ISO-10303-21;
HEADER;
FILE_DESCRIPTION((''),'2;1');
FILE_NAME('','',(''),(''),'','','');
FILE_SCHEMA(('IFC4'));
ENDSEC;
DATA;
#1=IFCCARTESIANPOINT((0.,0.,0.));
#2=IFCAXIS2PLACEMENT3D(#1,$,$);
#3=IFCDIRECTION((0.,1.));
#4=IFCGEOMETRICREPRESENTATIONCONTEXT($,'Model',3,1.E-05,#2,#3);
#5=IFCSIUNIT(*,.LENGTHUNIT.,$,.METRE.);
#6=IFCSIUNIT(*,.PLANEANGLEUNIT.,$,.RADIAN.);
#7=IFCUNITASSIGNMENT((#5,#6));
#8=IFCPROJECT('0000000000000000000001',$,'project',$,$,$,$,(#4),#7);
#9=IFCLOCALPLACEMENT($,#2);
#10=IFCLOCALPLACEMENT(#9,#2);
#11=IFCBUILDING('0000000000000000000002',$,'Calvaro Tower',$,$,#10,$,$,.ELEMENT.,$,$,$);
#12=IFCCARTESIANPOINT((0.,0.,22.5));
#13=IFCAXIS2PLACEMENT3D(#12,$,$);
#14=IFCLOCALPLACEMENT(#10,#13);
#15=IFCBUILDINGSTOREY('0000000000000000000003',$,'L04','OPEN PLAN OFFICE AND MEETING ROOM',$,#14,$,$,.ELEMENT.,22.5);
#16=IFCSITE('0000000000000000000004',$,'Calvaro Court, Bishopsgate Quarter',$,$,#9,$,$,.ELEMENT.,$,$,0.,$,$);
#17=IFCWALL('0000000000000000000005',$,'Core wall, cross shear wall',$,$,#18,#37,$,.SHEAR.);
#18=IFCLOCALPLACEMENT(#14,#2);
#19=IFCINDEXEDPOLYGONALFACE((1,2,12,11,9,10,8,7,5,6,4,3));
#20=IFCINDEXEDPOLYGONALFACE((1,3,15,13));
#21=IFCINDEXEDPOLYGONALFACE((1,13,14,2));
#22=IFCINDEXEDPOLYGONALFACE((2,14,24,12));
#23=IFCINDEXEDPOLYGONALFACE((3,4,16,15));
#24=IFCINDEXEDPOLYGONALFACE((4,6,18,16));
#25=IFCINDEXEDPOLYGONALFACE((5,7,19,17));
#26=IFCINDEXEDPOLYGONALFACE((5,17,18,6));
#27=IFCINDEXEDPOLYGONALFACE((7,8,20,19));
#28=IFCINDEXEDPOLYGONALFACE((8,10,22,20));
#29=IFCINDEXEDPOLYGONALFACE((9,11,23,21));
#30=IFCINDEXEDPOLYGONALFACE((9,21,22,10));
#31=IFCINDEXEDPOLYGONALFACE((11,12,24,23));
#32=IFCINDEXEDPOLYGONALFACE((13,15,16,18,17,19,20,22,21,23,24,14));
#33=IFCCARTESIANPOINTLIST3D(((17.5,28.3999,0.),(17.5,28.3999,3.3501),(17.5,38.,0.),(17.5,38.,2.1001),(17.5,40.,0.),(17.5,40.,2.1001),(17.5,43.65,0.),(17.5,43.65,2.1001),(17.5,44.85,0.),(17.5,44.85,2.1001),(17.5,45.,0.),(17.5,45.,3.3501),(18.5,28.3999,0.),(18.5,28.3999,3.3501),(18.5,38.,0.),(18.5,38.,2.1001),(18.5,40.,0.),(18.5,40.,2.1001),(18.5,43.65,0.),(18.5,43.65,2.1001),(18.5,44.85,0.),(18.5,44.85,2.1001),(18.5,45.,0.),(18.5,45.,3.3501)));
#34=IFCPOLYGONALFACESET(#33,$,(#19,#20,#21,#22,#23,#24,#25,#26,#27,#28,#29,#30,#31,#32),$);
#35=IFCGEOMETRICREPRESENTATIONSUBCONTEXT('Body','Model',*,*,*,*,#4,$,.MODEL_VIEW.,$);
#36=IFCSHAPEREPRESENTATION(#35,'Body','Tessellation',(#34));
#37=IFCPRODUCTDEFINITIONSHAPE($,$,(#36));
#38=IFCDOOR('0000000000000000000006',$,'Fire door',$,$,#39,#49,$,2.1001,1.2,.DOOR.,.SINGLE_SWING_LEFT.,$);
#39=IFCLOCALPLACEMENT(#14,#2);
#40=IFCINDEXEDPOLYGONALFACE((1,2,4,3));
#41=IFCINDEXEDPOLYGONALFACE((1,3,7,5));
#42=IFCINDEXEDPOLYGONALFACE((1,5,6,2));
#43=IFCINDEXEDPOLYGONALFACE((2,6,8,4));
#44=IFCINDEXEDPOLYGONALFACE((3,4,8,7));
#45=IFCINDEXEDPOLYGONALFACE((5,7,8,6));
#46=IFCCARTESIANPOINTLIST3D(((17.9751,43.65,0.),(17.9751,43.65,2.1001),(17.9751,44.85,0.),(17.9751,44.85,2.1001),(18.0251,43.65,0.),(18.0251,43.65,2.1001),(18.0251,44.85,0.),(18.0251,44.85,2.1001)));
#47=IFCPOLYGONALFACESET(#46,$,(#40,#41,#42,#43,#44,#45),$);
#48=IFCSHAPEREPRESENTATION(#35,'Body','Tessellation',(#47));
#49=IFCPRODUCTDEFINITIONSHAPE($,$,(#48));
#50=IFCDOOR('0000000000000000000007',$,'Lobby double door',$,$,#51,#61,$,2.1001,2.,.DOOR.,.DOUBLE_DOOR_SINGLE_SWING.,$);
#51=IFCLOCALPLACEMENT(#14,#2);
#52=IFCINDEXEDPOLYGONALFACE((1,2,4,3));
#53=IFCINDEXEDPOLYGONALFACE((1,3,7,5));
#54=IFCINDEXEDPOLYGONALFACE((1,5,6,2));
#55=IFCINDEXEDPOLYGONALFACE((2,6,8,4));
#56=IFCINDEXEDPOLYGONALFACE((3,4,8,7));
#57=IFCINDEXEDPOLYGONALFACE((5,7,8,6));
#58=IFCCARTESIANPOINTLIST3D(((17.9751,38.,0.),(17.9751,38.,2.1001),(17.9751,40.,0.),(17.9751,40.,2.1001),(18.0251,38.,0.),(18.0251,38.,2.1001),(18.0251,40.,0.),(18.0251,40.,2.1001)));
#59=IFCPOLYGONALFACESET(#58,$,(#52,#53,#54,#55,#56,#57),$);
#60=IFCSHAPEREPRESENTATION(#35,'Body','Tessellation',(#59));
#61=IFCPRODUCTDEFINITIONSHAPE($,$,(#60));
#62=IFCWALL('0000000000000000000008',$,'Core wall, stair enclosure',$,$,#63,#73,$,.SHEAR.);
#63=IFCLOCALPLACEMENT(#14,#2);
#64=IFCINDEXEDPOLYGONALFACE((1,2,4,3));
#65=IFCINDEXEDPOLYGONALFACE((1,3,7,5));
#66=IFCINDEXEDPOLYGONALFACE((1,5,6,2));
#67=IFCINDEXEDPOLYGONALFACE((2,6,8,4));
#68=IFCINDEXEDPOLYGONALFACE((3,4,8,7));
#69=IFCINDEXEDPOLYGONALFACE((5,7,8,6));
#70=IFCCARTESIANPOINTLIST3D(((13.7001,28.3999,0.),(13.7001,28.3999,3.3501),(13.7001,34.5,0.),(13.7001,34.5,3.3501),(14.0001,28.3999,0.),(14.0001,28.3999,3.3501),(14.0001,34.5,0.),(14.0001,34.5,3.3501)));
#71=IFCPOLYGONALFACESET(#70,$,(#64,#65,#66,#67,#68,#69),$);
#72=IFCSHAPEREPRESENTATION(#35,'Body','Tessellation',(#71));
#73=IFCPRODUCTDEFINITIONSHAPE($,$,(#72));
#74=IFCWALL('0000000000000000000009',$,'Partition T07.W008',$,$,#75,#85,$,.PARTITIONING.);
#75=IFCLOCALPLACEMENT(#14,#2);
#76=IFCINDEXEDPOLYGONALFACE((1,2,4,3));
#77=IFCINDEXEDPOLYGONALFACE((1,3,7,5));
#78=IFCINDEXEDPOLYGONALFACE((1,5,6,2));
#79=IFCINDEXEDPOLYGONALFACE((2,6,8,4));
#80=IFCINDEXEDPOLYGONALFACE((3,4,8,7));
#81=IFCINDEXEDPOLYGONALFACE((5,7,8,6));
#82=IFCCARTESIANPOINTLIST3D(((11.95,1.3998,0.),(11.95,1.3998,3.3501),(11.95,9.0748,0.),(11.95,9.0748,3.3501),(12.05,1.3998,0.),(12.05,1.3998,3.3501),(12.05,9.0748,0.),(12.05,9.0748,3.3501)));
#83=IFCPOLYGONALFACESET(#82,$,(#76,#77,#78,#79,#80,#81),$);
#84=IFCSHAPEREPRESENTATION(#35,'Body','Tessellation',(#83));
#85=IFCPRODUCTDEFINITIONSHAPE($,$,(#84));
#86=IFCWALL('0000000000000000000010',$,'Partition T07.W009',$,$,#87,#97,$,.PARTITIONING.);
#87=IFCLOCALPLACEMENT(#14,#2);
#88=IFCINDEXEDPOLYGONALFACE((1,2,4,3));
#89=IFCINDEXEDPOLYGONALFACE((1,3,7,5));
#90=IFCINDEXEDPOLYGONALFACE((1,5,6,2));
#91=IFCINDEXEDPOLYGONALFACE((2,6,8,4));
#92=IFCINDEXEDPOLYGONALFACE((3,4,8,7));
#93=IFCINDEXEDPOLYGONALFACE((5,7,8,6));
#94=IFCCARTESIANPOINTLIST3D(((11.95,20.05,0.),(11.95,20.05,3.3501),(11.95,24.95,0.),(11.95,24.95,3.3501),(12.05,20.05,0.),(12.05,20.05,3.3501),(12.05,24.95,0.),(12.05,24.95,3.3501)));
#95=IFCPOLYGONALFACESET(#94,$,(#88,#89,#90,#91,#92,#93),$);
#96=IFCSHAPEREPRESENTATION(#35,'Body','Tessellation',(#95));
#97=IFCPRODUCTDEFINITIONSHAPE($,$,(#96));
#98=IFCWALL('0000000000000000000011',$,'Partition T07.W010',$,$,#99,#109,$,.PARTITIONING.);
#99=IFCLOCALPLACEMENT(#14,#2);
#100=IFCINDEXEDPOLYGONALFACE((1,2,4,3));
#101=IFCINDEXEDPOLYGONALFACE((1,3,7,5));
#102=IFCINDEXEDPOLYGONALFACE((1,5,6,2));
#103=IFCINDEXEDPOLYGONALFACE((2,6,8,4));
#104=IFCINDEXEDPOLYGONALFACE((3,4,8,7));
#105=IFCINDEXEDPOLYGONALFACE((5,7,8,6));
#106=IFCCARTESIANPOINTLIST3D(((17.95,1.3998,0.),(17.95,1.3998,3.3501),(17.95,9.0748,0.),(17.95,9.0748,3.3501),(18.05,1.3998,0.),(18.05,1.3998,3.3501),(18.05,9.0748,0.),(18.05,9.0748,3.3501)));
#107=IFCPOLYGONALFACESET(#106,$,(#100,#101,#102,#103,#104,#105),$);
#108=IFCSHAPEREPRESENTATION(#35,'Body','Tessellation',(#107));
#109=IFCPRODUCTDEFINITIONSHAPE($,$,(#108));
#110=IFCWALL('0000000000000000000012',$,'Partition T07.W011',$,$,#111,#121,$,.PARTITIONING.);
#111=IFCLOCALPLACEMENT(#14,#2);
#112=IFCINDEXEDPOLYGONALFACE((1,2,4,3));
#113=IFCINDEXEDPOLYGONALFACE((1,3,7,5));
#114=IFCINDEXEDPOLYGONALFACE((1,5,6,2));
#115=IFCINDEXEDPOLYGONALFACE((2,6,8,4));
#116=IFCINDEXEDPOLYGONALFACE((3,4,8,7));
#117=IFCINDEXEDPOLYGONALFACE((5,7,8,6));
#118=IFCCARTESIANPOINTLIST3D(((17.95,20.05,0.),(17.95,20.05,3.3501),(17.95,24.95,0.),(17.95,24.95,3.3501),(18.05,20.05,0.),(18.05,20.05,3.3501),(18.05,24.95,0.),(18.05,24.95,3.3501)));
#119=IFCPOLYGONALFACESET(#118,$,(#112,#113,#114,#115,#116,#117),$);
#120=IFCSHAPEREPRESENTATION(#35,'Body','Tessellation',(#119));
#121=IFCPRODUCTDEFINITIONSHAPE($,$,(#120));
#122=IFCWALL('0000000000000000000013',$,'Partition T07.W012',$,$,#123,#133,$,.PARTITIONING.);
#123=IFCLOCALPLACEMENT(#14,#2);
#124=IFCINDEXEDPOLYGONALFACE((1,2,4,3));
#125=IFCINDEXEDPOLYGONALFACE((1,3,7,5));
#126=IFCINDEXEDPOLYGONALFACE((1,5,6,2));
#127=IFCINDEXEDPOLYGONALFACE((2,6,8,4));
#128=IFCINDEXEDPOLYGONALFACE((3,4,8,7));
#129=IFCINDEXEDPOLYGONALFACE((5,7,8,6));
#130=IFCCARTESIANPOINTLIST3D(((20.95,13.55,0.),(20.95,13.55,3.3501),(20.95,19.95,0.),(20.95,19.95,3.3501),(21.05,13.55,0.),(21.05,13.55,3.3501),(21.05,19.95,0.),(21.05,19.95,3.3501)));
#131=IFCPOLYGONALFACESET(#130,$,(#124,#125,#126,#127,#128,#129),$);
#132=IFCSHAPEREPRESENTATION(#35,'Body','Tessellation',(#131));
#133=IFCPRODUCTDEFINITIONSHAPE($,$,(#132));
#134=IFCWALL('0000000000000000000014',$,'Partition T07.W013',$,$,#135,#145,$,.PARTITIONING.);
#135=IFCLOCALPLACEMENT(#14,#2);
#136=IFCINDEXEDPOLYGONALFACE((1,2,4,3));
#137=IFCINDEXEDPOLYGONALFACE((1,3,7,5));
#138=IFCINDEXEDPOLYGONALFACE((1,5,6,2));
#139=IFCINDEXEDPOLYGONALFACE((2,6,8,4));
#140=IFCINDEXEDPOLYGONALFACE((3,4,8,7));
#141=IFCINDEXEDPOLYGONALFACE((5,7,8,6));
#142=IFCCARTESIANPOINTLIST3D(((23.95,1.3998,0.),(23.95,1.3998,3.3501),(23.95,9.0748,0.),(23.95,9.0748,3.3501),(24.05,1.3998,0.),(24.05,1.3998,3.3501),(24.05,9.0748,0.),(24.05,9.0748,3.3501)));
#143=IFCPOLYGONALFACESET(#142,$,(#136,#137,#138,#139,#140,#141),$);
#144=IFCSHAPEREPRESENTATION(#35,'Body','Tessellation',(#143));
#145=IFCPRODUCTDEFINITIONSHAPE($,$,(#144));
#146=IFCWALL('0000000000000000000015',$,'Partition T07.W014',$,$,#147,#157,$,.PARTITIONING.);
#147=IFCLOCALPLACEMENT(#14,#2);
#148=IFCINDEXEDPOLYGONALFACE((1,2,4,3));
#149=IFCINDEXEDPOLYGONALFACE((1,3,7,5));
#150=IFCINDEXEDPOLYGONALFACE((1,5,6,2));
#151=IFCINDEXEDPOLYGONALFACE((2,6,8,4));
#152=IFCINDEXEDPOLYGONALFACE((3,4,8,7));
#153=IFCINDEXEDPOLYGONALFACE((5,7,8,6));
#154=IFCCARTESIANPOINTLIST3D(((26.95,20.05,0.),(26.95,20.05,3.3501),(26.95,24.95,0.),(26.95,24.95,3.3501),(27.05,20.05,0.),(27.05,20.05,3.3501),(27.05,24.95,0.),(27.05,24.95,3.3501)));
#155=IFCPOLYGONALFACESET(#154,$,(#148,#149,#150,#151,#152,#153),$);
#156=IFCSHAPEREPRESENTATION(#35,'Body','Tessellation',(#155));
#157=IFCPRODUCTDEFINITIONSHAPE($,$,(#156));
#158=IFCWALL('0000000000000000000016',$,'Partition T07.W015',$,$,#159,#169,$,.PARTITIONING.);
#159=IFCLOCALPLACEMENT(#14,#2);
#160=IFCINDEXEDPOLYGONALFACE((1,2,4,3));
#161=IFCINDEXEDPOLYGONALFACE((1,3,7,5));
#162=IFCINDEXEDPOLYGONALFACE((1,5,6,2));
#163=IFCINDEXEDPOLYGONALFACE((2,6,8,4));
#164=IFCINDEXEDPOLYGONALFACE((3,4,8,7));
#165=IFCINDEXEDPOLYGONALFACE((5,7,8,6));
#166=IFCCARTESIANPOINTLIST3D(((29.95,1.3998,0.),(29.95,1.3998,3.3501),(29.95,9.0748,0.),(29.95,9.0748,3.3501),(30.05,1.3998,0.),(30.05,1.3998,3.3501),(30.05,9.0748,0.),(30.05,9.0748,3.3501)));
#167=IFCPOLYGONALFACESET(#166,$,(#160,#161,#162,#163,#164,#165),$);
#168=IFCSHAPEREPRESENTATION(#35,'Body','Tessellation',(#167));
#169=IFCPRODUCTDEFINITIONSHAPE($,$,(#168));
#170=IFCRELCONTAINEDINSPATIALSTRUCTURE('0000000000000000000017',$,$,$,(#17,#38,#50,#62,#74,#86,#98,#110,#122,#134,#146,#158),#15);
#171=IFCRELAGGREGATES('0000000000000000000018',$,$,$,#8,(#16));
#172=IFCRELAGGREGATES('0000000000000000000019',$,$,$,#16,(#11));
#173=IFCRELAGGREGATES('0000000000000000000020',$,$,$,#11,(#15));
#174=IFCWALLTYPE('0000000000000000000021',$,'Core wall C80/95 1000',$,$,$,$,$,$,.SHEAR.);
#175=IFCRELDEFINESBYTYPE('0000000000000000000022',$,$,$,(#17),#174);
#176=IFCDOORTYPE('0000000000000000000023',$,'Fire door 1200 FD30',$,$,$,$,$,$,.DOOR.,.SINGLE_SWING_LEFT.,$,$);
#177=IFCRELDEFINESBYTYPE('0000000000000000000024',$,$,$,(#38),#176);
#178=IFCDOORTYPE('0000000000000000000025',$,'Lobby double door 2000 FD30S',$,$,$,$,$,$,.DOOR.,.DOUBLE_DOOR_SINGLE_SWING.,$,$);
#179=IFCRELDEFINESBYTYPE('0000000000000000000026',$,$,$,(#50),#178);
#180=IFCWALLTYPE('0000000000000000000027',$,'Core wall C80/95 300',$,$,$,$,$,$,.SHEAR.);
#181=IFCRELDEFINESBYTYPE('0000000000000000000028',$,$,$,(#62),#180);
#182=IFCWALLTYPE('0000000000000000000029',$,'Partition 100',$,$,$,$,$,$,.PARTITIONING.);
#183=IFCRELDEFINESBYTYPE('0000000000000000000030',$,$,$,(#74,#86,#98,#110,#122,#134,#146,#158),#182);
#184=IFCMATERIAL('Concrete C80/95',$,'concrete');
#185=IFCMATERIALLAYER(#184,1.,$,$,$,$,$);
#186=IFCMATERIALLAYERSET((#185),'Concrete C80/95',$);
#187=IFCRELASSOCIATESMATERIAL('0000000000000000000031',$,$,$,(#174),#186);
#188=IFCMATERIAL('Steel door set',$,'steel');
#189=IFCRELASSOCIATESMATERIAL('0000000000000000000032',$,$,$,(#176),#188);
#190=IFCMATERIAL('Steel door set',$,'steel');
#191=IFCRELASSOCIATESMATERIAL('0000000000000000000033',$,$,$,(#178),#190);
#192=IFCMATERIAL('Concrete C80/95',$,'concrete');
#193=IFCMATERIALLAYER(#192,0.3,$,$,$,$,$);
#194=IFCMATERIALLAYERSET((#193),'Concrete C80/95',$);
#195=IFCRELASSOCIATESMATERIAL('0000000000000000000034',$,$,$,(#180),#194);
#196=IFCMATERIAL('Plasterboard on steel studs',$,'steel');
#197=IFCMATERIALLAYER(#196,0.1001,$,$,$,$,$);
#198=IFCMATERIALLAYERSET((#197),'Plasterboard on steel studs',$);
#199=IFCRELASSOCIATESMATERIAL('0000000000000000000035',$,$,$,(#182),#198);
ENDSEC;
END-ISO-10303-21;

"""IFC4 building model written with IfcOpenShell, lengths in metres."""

from ifc_helpers import new_model, si_unit, direction, frame, frame_2d, origin, place, context, subcontext, project, spatial, rectangle, extrude, material, layer, layer_set, type_object, element, fill, save


model = new_model("IFC4")

# Units and contexts
model_context = context("Model", 3, precision=1e-05, world=origin(), true_north=direction((0.0, 1.0)))
body_context = subcontext(model_context, "Body", "Model", "MODEL_VIEW")
ifc_project = project(units=[si_unit("LENGTHUNIT", "METRE"), si_unit("PLANEANGLEUNIT", "RADIAN")], contexts=[model_context])

# Site, building, storey
site_placement = place(None, origin())
site = spatial("IfcSite", under=ifc_project, at=site_placement, Name="Calvaro Court, Bishopsgate Quarter", CompositionType="ELEMENT", RefElevation=0.0)
building_placement = place(site_placement, origin())
building = spatial("IfcBuilding", under=site, at=building_placement, Name="Calvaro Tower", CompositionType="ELEMENT")
storey_placement = place(building_placement, frame((0.0, 0.0, 22.5)))
storey = spatial("IfcBuildingStorey", under=building, at=storey_placement, Name="L04", Description="OPEN PLAN OFFICE AND MEETING ROOM", CompositionType="ELEMENT", Elevation=22.5)

# Wall, openings, doors
ifc_material_1 = material(Name="Concrete C80/95", Category="concrete")
ifc_layer_1 = layer(ifc_material_1, 1.0)
ifc_layer_set_1 = layer_set([ifc_layer_1], Name="Concrete C80/95")
wall_type_1 = type_object("IfcWallType", Name="Core wall C80/95 1000", PredefinedType="SHEAR", material=ifc_layer_set_1)
wall_1_placement = place(storey_placement, frame((18.0, 28.3999, 0.0), z_axis=(0.0, 0.0, 1.0), x_axis=(0.0, 1.0, 0.0)))
wall_1 = element("IfcWall", 1, at=wall_1_placement, inside=storey, type_object=wall_type_1, Name="Core wall, cross shear wall", PredefinedType="SHEAR", context=body_context, shape_type="SweptSolid", body=[
    extrude(rectangle(XDim=16.6001, YDim=1.0, at=frame_2d((8.3, 0.0))), origin(), (0.0, 0.0, 1.0), 3.3501),
])
opening_1_placement = place(wall_1_placement, frame((9.6001, 0.0, 0.0)))
opening_1 = element("IfcOpeningElement", 2, at=opening_1_placement, cuts=wall_1, PredefinedType="OPENING", context=body_context, shape_type="SweptSolid", body=[
    extrude(rectangle(XDim=2.0, YDim=2.1001, at=frame_2d((1.0, 1.05))), frame((0.0, 0.51, 0.0), z_axis=(0.0, -1.0, 0.0), x_axis=(1.0, 0.0, 0.0)), (0.0, 0.0, 1.0), 1.02),
])
opening_2_placement = place(wall_1_placement, frame((15.25, 0.0, 0.0)))
opening_2 = element("IfcOpeningElement", 3, at=opening_2_placement, cuts=wall_1, PredefinedType="OPENING", context=body_context, shape_type="SweptSolid", body=[
    extrude(rectangle(XDim=1.2, YDim=2.1001, at=frame_2d((0.6001, 1.05))), frame((0.0, 0.51, 0.0), z_axis=(0.0, -1.0, 0.0), x_axis=(1.0, 0.0, 0.0)), (0.0, 0.0, 1.0), 1.02),
])
ifc_material_2 = material(Name="Steel door set", Category="steel")
door_type_1 = type_object("IfcDoorType", Name="Fire door 1200 FD30", OperationType="SINGLE_SWING_LEFT", PredefinedType="DOOR", material=ifc_material_2)
door_1_placement = place(opening_2_placement, origin())
door_1 = element("IfcDoor", 4, at=door_1_placement, inside=storey, type_object=door_type_1, Name="Fire door", OperationType="SINGLE_SWING_LEFT", OverallHeight=2.1001, OverallWidth=1.2, PredefinedType="DOOR", context=body_context, shape_type="SweptSolid", body=[
    extrude(rectangle(XDim=1.2, YDim=2.1001, at=frame_2d((0.6001, 1.05))), frame((0.0, 0.0249, 0.0), z_axis=(0.0, -1.0, 0.0), x_axis=(1.0, 0.0, 0.0)), (0.0, 0.0, 1.0), 0.05),
])
fill(opening_2, door_1)
ifc_material_3 = material(Name="Steel door set", Category="steel")
door_type_2 = type_object("IfcDoorType", Name="Lobby double door 2000 FD30S", OperationType="DOUBLE_DOOR_SINGLE_SWING", PredefinedType="DOOR", material=ifc_material_3)
door_2_placement = place(opening_1_placement, origin())
door_2 = element("IfcDoor", 5, at=door_2_placement, inside=storey, type_object=door_type_2, Name="Lobby double door", OperationType="DOUBLE_DOOR_SINGLE_SWING", OverallHeight=2.1001, OverallWidth=2.0, PredefinedType="DOOR", context=body_context, shape_type="SweptSolid", body=[
    extrude(rectangle(XDim=2.0, YDim=2.1001, at=frame_2d((1.0, 1.05))), frame((0.0, 0.0249, 0.0), z_axis=(0.0, -1.0, 0.0), x_axis=(1.0, 0.0, 0.0)), (0.0, 0.0, 1.0), 0.05),
])
fill(opening_1, door_2)

# Walls
ifc_material_4 = material(Name="Concrete C80/95", Category="concrete")
ifc_layer_2 = layer(ifc_material_4, 0.3)
ifc_layer_set_2 = layer_set([ifc_layer_2], Name="Concrete C80/95")
wall_type_2 = type_object("IfcWallType", Name="Core wall C80/95 300", PredefinedType="SHEAR", material=ifc_layer_set_2)
wall_2_placement = place(storey_placement, frame((13.8501, 28.3999, 0.0), z_axis=(0.0, 0.0, 1.0), x_axis=(0.0, 1.0, 0.0)))
element("IfcWall", 6, at=wall_2_placement, inside=storey, type_object=wall_type_2, Name="Core wall, stair enclosure", PredefinedType="SHEAR", context=body_context, shape_type="SweptSolid", body=[
    extrude(rectangle(XDim=6.1001, YDim=0.3, at=frame_2d((3.05, 0.0))), origin(), (0.0, 0.0, 1.0), 3.3501),
])
ifc_material_5 = material(Name="Plasterboard on steel studs", Category="steel")
ifc_layer_3 = layer(ifc_material_5, 0.1001)
ifc_layer_set_3 = layer_set([ifc_layer_3], Name="Plasterboard on steel studs")
wall_type_3 = type_object("IfcWallType", Name="Partition 100", PredefinedType="PARTITIONING", material=ifc_layer_set_3)
wall_3_placement = place(storey_placement, frame((12.0, 1.3999, 0.0), z_axis=(0.0, 0.0, 1.0), x_axis=(0.0, 1.0, 0.0)))
element("IfcWall", 7, at=wall_3_placement, inside=storey, type_object=wall_type_3, Name="Partition T07.W008", PredefinedType="PARTITIONING", context=body_context, shape_type="SweptSolid", body=[
    extrude(rectangle(XDim=7.675, YDim=0.1001, at=frame_2d((3.8374, 0.0))), origin(), (0.0, 0.0, 1.0), 3.3501),
])
wall_4_placement = place(storey_placement, frame((12.0, 20.05, 0.0), z_axis=(0.0, 0.0, 1.0), x_axis=(0.0, 1.0, 0.0)))
element("IfcWall", 8, at=wall_4_placement, inside=storey, type_object=wall_type_3, Name="Partition T07.W009", PredefinedType="PARTITIONING", context=body_context, shape_type="SweptSolid", body=[
    extrude(rectangle(XDim=4.8999, YDim=0.1001, at=frame_2d((2.45, 0.0))), origin(), (0.0, 0.0, 1.0), 3.3501),
])
wall_5_placement = place(storey_placement, frame((18.0, 1.3999, 0.0), z_axis=(0.0, 0.0, 1.0), x_axis=(0.0, 1.0, 0.0)))
element("IfcWall", 9, at=wall_5_placement, inside=storey, type_object=wall_type_3, Name="Partition T07.W010", PredefinedType="PARTITIONING", context=body_context, shape_type="SweptSolid", body=[
    extrude(rectangle(XDim=7.675, YDim=0.1001, at=frame_2d((3.8374, 0.0))), origin(), (0.0, 0.0, 1.0), 3.3501),
])
wall_6_placement = place(storey_placement, frame((18.0, 20.05, 0.0), z_axis=(0.0, 0.0, 1.0), x_axis=(0.0, 1.0, 0.0)))
element("IfcWall", 10, at=wall_6_placement, inside=storey, type_object=wall_type_3, Name="Partition T07.W011", PredefinedType="PARTITIONING", context=body_context, shape_type="SweptSolid", body=[
    extrude(rectangle(XDim=4.8999, YDim=0.1001, at=frame_2d((2.45, 0.0))), origin(), (0.0, 0.0, 1.0), 3.3501),
])
wall_7_placement = place(storey_placement, frame((21.0, 13.55, 0.0), z_axis=(0.0, 0.0, 1.0), x_axis=(0.0, 1.0, 0.0)))
element("IfcWall", 11, at=wall_7_placement, inside=storey, type_object=wall_type_3, Name="Partition T07.W012", PredefinedType="PARTITIONING", context=body_context, shape_type="SweptSolid", body=[
    extrude(rectangle(XDim=6.3999, YDim=0.1001, at=frame_2d((3.2, 0.0))), origin(), (0.0, 0.0, 1.0), 3.3501),
])
wall_8_placement = place(storey_placement, frame((24.0, 1.3999, 0.0), z_axis=(0.0, 0.0, 1.0), x_axis=(0.0, 1.0, 0.0)))
element("IfcWall", 12, at=wall_8_placement, inside=storey, type_object=wall_type_3, Name="Partition T07.W013", PredefinedType="PARTITIONING", context=body_context, shape_type="SweptSolid", body=[
    extrude(rectangle(XDim=7.675, YDim=0.1001, at=frame_2d((3.8374, 0.0))), origin(), (0.0, 0.0, 1.0), 3.3501),
])
wall_9_placement = place(storey_placement, frame((27.0, 20.05, 0.0), z_axis=(0.0, 0.0, 1.0), x_axis=(0.0, 1.0, 0.0)))
element("IfcWall", 13, at=wall_9_placement, inside=storey, type_object=wall_type_3, Name="Partition T07.W014", PredefinedType="PARTITIONING", context=body_context, shape_type="SweptSolid", body=[
    extrude(rectangle(XDim=4.8999, YDim=0.1001, at=frame_2d((2.45, 0.0))), origin(), (0.0, 0.0, 1.0), 3.3501),
])
wall_10_placement = place(storey_placement, frame((30.0, 1.3999, 0.0), z_axis=(0.0, 0.0, 1.0), x_axis=(0.0, 1.0, 0.0)))
element("IfcWall", 14, at=wall_10_placement, inside=storey, type_object=wall_type_3, Name="Partition T07.W015", PredefinedType="PARTITIONING", context=body_context, shape_type="SweptSolid", body=[
    extrude(rectangle(XDim=7.675, YDim=0.1001, at=frame_2d((3.8374, 0.0))), origin(), (0.0, 0.0, 1.0), 3.3501),
])

save(model, "model.ifc")
